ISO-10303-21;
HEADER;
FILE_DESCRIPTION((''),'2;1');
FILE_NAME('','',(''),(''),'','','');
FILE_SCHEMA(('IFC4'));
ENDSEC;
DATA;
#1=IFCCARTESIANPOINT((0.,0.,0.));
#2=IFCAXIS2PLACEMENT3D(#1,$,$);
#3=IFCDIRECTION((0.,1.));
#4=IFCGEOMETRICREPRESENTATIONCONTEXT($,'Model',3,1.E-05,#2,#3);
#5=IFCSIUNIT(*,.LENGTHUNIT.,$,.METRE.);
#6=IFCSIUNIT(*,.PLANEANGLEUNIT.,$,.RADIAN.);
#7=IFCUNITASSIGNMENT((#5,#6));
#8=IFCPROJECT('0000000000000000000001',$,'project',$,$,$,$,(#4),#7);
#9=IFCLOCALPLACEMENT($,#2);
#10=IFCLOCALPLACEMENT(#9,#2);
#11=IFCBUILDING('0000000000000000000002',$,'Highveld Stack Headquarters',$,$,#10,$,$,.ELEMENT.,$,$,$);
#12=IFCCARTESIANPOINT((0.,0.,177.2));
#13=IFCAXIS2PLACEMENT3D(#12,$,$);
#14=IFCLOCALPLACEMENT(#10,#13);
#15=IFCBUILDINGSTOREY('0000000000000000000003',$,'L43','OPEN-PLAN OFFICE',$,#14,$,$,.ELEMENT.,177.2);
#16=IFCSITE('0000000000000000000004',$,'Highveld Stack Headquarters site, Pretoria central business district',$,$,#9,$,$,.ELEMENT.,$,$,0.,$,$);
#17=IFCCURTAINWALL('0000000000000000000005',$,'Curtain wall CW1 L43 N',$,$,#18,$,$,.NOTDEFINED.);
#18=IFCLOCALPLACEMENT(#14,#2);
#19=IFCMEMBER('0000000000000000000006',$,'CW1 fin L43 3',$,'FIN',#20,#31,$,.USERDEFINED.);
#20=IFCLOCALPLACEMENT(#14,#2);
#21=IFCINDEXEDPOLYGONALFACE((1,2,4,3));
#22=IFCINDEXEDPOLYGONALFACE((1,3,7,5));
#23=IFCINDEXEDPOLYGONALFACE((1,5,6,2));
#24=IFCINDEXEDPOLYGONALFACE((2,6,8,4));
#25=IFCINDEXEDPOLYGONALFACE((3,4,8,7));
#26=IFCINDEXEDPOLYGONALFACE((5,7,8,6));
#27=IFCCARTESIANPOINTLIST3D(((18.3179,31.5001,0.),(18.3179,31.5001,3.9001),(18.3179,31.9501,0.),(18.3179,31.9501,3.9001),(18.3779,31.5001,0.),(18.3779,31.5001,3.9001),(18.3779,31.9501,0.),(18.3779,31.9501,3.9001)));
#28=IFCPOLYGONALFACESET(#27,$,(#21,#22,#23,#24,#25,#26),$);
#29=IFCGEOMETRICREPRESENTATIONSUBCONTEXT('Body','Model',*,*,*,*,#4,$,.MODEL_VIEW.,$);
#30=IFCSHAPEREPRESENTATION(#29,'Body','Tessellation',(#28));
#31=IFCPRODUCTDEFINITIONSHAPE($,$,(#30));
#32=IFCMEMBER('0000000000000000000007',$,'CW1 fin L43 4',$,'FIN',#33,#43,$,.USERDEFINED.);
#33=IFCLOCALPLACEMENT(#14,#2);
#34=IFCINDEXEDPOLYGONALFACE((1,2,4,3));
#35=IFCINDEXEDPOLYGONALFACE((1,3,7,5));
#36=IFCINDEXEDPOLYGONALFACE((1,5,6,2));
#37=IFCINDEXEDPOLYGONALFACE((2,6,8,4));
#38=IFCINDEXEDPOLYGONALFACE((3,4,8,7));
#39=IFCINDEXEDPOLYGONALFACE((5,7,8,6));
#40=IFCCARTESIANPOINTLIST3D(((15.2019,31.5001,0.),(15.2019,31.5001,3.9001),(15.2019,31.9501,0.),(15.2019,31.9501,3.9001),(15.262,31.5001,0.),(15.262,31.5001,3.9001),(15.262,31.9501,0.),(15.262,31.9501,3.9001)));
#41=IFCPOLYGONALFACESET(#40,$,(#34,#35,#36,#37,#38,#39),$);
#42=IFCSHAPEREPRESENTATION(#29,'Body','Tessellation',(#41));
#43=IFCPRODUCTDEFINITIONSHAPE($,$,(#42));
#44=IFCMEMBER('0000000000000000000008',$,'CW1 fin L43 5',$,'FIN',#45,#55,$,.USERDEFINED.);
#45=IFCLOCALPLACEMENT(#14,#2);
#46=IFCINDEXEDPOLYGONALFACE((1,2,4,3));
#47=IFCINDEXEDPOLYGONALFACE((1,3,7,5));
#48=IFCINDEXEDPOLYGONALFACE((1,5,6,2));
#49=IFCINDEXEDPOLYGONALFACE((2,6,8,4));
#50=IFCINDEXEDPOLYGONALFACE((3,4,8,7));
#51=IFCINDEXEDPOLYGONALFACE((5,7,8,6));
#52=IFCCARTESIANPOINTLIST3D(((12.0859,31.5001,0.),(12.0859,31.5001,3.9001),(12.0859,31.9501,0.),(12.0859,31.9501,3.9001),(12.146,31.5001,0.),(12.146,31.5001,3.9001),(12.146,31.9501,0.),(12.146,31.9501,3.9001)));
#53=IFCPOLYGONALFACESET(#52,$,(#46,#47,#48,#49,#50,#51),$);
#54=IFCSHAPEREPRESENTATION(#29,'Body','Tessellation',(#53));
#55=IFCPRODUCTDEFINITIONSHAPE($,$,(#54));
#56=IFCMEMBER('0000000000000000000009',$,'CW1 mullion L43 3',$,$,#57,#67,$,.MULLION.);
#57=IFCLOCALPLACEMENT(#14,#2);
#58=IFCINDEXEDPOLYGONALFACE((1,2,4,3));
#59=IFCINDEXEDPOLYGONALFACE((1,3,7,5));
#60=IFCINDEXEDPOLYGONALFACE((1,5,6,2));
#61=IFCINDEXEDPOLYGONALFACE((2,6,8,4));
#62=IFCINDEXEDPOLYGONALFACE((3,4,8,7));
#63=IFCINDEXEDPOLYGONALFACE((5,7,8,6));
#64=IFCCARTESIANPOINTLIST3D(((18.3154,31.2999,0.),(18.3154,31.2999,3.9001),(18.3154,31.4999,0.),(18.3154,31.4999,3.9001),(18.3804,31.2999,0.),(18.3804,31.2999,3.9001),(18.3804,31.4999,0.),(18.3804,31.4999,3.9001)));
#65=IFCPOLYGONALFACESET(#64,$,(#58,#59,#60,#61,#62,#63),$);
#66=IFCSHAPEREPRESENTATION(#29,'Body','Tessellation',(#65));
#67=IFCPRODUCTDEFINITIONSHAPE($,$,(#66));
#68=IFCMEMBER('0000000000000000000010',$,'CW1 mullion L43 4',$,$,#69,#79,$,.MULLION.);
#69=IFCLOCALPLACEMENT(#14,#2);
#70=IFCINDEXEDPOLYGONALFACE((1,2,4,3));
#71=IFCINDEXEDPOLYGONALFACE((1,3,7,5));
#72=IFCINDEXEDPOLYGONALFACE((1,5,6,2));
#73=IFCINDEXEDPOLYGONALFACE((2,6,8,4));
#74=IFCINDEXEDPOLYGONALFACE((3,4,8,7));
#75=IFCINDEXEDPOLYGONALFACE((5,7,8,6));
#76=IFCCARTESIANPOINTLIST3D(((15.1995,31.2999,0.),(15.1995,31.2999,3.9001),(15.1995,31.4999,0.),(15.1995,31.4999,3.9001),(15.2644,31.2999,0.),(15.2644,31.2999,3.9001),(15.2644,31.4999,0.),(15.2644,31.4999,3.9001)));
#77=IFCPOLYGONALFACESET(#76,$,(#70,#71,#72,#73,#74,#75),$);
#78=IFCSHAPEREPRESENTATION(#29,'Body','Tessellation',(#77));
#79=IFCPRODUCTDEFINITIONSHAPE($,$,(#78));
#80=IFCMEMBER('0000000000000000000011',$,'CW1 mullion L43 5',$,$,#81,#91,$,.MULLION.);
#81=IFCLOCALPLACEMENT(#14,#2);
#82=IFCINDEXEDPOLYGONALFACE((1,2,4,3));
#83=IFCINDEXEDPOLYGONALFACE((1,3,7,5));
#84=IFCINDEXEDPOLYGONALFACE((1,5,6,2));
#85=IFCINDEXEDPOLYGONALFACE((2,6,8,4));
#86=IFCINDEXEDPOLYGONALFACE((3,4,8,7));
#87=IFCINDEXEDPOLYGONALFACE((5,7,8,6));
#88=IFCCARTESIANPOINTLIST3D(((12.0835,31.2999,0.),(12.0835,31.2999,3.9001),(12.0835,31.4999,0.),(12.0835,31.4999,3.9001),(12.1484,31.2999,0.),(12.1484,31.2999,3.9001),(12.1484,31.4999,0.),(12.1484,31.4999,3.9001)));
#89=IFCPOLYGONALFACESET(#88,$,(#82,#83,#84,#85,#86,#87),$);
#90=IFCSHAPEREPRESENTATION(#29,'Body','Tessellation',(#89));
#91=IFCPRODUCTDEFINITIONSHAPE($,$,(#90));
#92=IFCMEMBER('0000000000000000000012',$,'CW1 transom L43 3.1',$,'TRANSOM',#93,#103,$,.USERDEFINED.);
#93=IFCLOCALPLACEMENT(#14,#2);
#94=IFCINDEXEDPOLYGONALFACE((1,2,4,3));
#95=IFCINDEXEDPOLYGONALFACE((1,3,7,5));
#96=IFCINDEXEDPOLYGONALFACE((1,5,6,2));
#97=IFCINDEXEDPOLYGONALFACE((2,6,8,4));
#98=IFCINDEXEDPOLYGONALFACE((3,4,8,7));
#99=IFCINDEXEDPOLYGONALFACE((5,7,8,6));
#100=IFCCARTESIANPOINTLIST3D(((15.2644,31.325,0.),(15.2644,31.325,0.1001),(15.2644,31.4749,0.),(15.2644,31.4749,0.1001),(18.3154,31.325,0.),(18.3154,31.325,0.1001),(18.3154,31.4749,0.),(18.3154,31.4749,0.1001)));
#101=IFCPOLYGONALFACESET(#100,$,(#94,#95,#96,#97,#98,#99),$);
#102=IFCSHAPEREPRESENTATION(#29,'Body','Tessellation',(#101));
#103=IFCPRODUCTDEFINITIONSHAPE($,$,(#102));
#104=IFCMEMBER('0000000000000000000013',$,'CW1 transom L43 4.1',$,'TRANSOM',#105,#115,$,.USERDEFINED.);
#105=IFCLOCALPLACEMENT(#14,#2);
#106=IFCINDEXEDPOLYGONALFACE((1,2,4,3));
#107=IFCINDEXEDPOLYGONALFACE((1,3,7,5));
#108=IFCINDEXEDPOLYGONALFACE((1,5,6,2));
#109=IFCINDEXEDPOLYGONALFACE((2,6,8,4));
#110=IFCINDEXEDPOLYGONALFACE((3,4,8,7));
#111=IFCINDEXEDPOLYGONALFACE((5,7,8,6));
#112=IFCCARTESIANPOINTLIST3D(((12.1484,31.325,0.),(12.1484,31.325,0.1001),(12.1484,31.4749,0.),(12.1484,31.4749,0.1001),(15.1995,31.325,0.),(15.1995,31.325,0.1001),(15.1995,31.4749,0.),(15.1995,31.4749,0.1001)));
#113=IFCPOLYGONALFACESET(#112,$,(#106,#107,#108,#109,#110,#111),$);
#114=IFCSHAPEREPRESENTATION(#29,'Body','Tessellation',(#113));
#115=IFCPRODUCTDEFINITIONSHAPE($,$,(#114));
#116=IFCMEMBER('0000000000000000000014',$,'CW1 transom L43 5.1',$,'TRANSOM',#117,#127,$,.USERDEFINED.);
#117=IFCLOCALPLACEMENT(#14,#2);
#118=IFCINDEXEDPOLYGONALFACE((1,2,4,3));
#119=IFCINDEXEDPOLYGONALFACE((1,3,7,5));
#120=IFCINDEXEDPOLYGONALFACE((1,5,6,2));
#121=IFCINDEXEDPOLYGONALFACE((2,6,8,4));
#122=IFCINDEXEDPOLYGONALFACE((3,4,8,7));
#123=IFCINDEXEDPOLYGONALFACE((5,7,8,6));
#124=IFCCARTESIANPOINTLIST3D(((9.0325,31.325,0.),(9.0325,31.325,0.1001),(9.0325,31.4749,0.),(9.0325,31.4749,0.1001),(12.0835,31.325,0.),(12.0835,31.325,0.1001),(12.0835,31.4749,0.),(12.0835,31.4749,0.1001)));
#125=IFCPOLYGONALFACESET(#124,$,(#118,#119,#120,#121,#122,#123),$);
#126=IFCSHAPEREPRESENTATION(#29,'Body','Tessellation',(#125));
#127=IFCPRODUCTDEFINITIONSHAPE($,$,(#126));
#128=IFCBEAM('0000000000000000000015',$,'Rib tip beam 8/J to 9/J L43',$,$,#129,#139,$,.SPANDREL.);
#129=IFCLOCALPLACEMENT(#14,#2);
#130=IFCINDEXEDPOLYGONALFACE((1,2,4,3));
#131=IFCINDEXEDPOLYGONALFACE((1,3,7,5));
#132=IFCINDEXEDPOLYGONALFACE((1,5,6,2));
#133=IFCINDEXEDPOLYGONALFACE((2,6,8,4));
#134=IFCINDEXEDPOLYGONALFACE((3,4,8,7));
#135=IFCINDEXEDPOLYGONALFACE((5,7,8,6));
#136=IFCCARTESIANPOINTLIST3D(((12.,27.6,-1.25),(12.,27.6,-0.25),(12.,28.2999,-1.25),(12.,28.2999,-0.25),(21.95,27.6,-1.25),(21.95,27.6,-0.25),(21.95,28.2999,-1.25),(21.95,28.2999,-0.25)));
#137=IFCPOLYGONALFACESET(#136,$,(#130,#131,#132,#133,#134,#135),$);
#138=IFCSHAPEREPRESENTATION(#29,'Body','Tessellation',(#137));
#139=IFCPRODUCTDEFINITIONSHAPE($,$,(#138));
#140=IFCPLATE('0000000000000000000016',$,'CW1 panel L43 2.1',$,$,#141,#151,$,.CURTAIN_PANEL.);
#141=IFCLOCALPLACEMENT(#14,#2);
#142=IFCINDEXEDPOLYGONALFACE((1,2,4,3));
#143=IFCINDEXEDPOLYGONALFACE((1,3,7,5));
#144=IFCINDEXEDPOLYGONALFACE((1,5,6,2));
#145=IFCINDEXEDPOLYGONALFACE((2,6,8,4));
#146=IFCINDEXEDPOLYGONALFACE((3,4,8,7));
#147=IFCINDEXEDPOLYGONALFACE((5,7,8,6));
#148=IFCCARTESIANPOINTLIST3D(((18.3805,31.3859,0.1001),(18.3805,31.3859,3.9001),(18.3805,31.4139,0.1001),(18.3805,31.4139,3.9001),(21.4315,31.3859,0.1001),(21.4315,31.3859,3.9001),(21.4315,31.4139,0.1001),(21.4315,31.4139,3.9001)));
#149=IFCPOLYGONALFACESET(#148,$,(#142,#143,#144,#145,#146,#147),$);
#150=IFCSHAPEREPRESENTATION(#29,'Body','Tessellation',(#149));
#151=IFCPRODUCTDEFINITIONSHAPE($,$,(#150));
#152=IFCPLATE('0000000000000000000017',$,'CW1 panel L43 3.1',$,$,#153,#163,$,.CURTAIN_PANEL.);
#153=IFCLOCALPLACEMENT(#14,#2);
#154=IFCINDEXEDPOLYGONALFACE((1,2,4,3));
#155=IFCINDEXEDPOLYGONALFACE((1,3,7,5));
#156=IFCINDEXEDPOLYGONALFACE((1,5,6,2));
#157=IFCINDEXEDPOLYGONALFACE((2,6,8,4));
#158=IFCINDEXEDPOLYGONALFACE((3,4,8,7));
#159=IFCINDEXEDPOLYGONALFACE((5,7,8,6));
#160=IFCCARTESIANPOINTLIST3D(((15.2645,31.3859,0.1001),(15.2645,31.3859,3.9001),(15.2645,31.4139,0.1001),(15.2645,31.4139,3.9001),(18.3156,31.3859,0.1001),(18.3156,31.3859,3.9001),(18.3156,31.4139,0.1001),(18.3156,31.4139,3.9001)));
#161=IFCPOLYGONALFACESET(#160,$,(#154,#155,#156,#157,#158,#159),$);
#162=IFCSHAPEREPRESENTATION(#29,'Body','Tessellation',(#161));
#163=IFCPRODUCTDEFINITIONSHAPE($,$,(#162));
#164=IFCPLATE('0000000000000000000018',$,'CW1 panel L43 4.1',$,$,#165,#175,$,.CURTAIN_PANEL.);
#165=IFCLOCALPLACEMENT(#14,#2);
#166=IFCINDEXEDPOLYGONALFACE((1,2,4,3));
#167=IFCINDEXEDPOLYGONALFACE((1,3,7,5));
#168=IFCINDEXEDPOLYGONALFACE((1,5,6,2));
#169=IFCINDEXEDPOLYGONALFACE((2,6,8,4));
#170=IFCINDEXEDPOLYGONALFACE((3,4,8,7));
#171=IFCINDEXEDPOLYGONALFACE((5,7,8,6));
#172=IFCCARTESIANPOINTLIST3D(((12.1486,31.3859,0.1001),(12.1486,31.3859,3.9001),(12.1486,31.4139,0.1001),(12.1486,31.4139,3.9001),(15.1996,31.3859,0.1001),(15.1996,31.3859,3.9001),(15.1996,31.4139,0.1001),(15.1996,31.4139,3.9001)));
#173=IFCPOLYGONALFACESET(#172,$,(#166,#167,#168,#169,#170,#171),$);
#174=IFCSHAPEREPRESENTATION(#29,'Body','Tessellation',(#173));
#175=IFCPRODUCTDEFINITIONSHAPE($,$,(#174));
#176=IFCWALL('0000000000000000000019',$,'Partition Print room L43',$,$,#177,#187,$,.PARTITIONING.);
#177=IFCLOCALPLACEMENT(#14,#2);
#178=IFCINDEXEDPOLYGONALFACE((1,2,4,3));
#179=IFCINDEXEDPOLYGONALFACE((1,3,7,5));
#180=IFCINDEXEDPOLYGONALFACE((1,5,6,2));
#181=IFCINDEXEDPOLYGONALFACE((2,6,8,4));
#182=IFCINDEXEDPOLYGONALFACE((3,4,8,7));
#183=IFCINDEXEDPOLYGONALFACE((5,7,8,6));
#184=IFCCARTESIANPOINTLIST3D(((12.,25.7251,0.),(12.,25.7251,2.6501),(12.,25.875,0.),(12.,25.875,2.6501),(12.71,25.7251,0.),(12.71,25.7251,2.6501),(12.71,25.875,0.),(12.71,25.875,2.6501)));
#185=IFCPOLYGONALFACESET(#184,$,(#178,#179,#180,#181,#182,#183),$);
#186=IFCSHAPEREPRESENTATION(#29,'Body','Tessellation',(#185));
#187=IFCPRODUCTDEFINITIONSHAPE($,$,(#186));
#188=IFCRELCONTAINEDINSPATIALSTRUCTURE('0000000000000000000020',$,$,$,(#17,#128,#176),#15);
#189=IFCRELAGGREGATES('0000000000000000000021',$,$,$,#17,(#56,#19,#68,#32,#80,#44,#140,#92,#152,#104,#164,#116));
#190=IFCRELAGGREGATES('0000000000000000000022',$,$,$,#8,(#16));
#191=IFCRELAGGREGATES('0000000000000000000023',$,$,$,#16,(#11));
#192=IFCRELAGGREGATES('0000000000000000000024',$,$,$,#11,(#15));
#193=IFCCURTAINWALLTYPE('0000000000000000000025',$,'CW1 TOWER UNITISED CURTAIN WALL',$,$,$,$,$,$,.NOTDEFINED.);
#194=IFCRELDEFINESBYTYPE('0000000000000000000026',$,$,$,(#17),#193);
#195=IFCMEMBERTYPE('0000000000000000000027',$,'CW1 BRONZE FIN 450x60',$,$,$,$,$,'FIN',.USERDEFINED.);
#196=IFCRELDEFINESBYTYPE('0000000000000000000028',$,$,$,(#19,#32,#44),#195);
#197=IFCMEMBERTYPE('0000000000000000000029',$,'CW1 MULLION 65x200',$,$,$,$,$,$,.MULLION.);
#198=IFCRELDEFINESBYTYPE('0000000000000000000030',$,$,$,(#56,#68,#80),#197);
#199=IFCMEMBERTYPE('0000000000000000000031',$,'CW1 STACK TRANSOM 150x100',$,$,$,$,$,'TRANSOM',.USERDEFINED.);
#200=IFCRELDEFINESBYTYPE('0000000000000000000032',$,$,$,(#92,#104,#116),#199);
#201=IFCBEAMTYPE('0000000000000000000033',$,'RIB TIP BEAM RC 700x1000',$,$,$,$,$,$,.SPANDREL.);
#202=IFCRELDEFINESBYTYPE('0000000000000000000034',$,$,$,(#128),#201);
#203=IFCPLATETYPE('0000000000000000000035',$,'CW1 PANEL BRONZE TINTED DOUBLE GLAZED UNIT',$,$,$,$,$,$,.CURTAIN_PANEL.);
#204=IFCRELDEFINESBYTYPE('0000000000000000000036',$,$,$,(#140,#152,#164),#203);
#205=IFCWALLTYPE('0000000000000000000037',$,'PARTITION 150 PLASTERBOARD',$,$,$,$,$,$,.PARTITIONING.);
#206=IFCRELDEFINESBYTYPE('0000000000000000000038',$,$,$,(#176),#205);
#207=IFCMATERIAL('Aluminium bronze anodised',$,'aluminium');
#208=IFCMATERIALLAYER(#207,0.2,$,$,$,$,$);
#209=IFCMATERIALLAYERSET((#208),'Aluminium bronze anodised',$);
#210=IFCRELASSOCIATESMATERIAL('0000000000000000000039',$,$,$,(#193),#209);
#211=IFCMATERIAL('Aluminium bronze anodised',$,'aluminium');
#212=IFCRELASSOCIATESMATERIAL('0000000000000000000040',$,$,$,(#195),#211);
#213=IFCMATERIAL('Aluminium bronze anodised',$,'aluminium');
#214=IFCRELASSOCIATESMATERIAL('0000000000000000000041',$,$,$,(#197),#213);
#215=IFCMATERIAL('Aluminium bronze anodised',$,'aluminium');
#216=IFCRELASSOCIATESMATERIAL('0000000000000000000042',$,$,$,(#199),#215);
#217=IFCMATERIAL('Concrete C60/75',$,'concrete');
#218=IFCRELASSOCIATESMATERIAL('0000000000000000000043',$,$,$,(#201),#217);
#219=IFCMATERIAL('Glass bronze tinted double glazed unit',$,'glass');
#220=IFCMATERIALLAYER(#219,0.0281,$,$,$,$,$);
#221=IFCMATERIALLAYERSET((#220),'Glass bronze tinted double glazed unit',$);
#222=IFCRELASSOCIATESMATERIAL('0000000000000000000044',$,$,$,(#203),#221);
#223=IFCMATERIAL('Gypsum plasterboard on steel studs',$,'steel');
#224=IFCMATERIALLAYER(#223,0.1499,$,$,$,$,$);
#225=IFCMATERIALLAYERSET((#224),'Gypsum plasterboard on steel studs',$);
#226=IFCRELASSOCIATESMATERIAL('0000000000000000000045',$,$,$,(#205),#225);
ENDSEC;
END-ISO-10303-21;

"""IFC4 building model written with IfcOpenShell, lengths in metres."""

from ifc_helpers import new_model, si_unit, direction, frame, frame_2d, origin, origin_2d, place, context, subcontext, project, spatial, rectangle, extrude, material, layer, layer_set, material_profile, profile_set, type_object, element, aggregate, save


model = new_model("IFC4")

# Units and contexts
model_context = context("Model", 3, precision=1e-05, world=origin(), true_north=direction((0.0, 1.0)))
body_context = subcontext(model_context, "Body", "Model", "MODEL_VIEW")
ifc_project = project(units=[si_unit("LENGTHUNIT", "METRE"), si_unit("PLANEANGLEUNIT", "RADIAN")], contexts=[model_context])

# Site, building, storey
site_placement = place(None, origin())
site = spatial("IfcSite", under=ifc_project, at=site_placement, Name="Highveld Stack Headquarters site, Pretoria central business district", CompositionType="ELEMENT", RefElevation=0.0)
building_placement = place(site_placement, origin())
building = spatial("IfcBuilding", under=site, at=building_placement, Name="Highveld Stack Headquarters", CompositionType="ELEMENT")
storey_placement = place(building_placement, frame((0.0, 0.0, 177.2)))
storey = spatial("IfcBuildingStorey", under=building, at=storey_placement, Name="L43", Description="OPEN-PLAN OFFICE", CompositionType="ELEMENT", Elevation=177.2)

# Curtain wall, members
ifc_material_1 = material(Name="Aluminium bronze anodised", Category="aluminium")
ifc_layer_1 = layer(ifc_material_1, 0.2)
ifc_layer_set_1 = layer_set([ifc_layer_1], Name="Aluminium bronze anodised")
curtain_wall_type = type_object("IfcCurtainWallType", Name="CW1 TOWER UNITISED CURTAIN WALL", PredefinedType="NOTDEFINED", material=ifc_layer_set_1)
curtain_wall_placement = place(storey_placement, origin())
curtain_wall = element("IfcCurtainWall", 1, at=curtain_wall_placement, inside=storey, type_object=curtain_wall_type, Name="Curtain wall CW1 L43 N", PredefinedType="NOTDEFINED")
ifc_material_2 = material(Name="Aluminium bronze anodised", Category="aluminium")
ifc_material_profile_1 = material_profile(ifc_material_2, rectangle(XDim=0.45, YDim=0.0601, at=origin_2d()), Name="FIN 450x60")
ifc_profile_set_1 = profile_set([ifc_material_profile_1], Name="Aluminium bronze anodised")
member_type_1 = type_object("IfcMemberType", Name="CW1 BRONZE FIN 450x60", ElementType="FIN", PredefinedType="USERDEFINED", material=ifc_profile_set_1)
member_1_placement = place(storey_placement, frame((18.3479, 31.7251, 0.0), z_axis=(0.0, 0.0, 1.0), x_axis=(0.0, -1.0, 0.0)))
member_1 = element("IfcMember", 2, at=member_1_placement, type_object=member_type_1, Name="CW1 fin L43 3", ObjectType="FIN", PredefinedType="USERDEFINED", context=body_context, shape_type="SweptSolid", body=[
    extrude(rectangle(XDim=0.45, YDim=0.0601, at=origin_2d()), origin(), (0.0, 0.0, 1.0), 3.9001),
])
member_2_placement = place(storey_placement, frame((15.2319, 31.7251, 0.0), z_axis=(0.0, 0.0, 1.0), x_axis=(0.0, -1.0, 0.0)))
member_2 = element("IfcMember", 3, at=member_2_placement, type_object=member_type_1, Name="CW1 fin L43 4", ObjectType="FIN", PredefinedType="USERDEFINED", context=body_context, shape_type="SweptSolid", body=[
    extrude(rectangle(XDim=0.45, YDim=0.0601, at=origin_2d()), origin(), (0.0, 0.0, 1.0), 3.9001),
])
member_3_placement = place(storey_placement, frame((12.116, 31.7251, 0.0), z_axis=(0.0, 0.0, 1.0), x_axis=(0.0, -1.0, 0.0)))
member_3 = element("IfcMember", 4, at=member_3_placement, type_object=member_type_1, Name="CW1 fin L43 5", ObjectType="FIN", PredefinedType="USERDEFINED", context=body_context, shape_type="SweptSolid", body=[
    extrude(rectangle(XDim=0.45, YDim=0.0601, at=origin_2d()), origin(), (0.0, 0.0, 1.0), 3.9001),
])
ifc_material_3 = material(Name="Aluminium bronze anodised", Category="aluminium")
ifc_material_profile_2 = material_profile(ifc_material_3, rectangle(XDim=0.2, YDim=0.0649, at=origin_2d()), Name="CW1 MULLION 65x200")
ifc_profile_set_2 = profile_set([ifc_material_profile_2], Name="Aluminium bronze anodised")
member_type_2 = type_object("IfcMemberType", Name="CW1 MULLION 65x200", PredefinedType="MULLION", material=ifc_profile_set_2)
member_4_placement = place(storey_placement, frame((18.3479, 31.3999, 0.0), z_axis=(0.0, 0.0, 1.0), x_axis=(0.0, -1.0, 0.0)))
member_4 = element("IfcMember", 5, at=member_4_placement, type_object=member_type_2, Name="CW1 mullion L43 3", PredefinedType="MULLION", context=body_context, shape_type="SweptSolid", body=[
    extrude(rectangle(XDim=0.2, YDim=0.0649, at=origin_2d()), origin(), (0.0, 0.0, 1.0), 3.9001),
])
member_5_placement = place(storey_placement, frame((15.2319, 31.3999, 0.0), z_axis=(0.0, 0.0, 1.0), x_axis=(0.0, -1.0, 0.0)))
member_5 = element("IfcMember", 6, at=member_5_placement, type_object=member_type_2, Name="CW1 mullion L43 4", PredefinedType="MULLION", context=body_context, shape_type="SweptSolid", body=[
    extrude(rectangle(XDim=0.2, YDim=0.0649, at=origin_2d()), origin(), (0.0, 0.0, 1.0), 3.9001),
])
member_6_placement = place(storey_placement, frame((12.116, 31.3999, 0.0), z_axis=(0.0, 0.0, 1.0), x_axis=(0.0, -1.0, 0.0)))
member_6 = element("IfcMember", 7, at=member_6_placement, type_object=member_type_2, Name="CW1 mullion L43 5", PredefinedType="MULLION", context=body_context, shape_type="SweptSolid", body=[
    extrude(rectangle(XDim=0.2, YDim=0.0649, at=origin_2d()), origin(), (0.0, 0.0, 1.0), 3.9001),
])
ifc_material_4 = material(Name="Aluminium bronze anodised", Category="aluminium")
ifc_material_profile_3 = material_profile(ifc_material_4, rectangle(XDim=0.1499, YDim=0.1001, at=origin_2d()), Name="CW1 TRANSOM 150x100")
ifc_profile_set_3 = profile_set([ifc_material_profile_3], Name="Aluminium bronze anodised")
member_type_3 = type_object("IfcMemberType", Name="CW1 STACK TRANSOM 150x100", ElementType="TRANSOM", PredefinedType="USERDEFINED", material=ifc_profile_set_3)
member_7_placement = place(storey_placement, frame((18.3154, 31.3999, 0.05), z_axis=(-1.0, 0.0, 0.0), x_axis=(0.0, -1.0, 0.0)))
member_7 = element("IfcMember", 8, at=member_7_placement, type_object=member_type_3, Name="CW1 transom L43 3.1", ObjectType="TRANSOM", PredefinedType="USERDEFINED", context=body_context, shape_type="SweptSolid", body=[
    extrude(rectangle(XDim=0.1499, YDim=0.1001, at=origin_2d()), origin(), (0.0, 0.0, 1.0), 3.051),
])
member_8_placement = place(storey_placement, frame((15.1995, 31.3999, 0.05), z_axis=(-1.0, 0.0, 0.0), x_axis=(0.0, -1.0, 0.0)))
member_8 = element("IfcMember", 9, at=member_8_placement, type_object=member_type_3, Name="CW1 transom L43 4.1", ObjectType="TRANSOM", PredefinedType="USERDEFINED", context=body_context, shape_type="SweptSolid", body=[
    extrude(rectangle(XDim=0.1499, YDim=0.1001, at=origin_2d()), origin(), (0.0, 0.0, 1.0), 3.051),
])
member_9_placement = place(storey_placement, frame((12.0835, 31.3999, 0.05), z_axis=(-1.0, 0.0, 0.0), x_axis=(0.0, -1.0, 0.0)))
member_9 = element("IfcMember", 10, at=member_9_placement, type_object=member_type_3, Name="CW1 transom L43 5.1", ObjectType="TRANSOM", PredefinedType="USERDEFINED", context=body_context, shape_type="SweptSolid", body=[
    extrude(rectangle(XDim=0.1499, YDim=0.1001, at=origin_2d()), origin(), (0.0, 0.0, 1.0), 3.051),
])

# Beam
ifc_material_5 = material(Name="Concrete C60/75", Category="concrete")
ifc_material_profile_4 = material_profile(ifc_material_5, rectangle(XDim=0.7, YDim=1.0, at=origin_2d()), Name="RC 700x1000")
ifc_profile_set_4 = profile_set([ifc_material_profile_4], Name="Concrete C60/75")
beam_type = type_object("IfcBeamType", Name="RIB TIP BEAM RC 700x1000", PredefinedType="SPANDREL", material=ifc_profile_set_4)
beam_placement = place(storey_placement, frame((12.0, 27.95, -0.75), z_axis=(1.0, 0.0, 0.0), x_axis=(0.0, 1.0, 0.0)))
element("IfcBeam", 11, at=beam_placement, inside=storey, type_object=beam_type, Name="Rib tip beam 8/J to 9/J L43", PredefinedType="SPANDREL", context=body_context, shape_type="SweptSolid", body=[
    extrude(rectangle(XDim=0.7, YDim=1.0, at=origin_2d()), origin(), (0.0, 0.0, 1.0), 9.95),
])

# Plates
ifc_material_6 = material(Name="Glass bronze tinted double glazed unit", Category="glass")
ifc_layer_2 = layer(ifc_material_6, 0.0281)
ifc_layer_set_2 = layer_set([ifc_layer_2], Name="Glass bronze tinted double glazed unit")
plate_type = type_object("IfcPlateType", Name="CW1 PANEL BRONZE TINTED DOUBLE GLAZED UNIT", PredefinedType="CURTAIN_PANEL", material=ifc_layer_set_2)
plate_1_placement = place(storey_placement, frame((19.906, 31.3999, 0.1001), z_axis=(0.0, 0.0, 1.0), x_axis=(-1.0, 0.0, 0.0)))
plate_1 = element("IfcPlate", 12, at=plate_1_placement, type_object=plate_type, Name="CW1 panel L43 2.1", PredefinedType="CURTAIN_PANEL", context=body_context, shape_type="SweptSolid", body=[
    extrude(rectangle(XDim=3.051, YDim=0.0281, at=origin_2d()), origin(), (0.0, 0.0, 1.0), 3.8),
])
plate_2_placement = place(storey_placement, frame((16.79, 31.3999, 0.1001), z_axis=(0.0, 0.0, 1.0), x_axis=(-1.0, 0.0, 0.0)))
plate_2 = element("IfcPlate", 13, at=plate_2_placement, type_object=plate_type, Name="CW1 panel L43 3.1", PredefinedType="CURTAIN_PANEL", context=body_context, shape_type="SweptSolid", body=[
    extrude(rectangle(XDim=3.051, YDim=0.0281, at=origin_2d()), origin(), (0.0, 0.0, 1.0), 3.8),
])
plate_3_placement = place(storey_placement, frame((13.6741, 31.3999, 0.1001), z_axis=(0.0, 0.0, 1.0), x_axis=(-1.0, 0.0, 0.0)))
plate_3 = element("IfcPlate", 14, at=plate_3_placement, type_object=plate_type, Name="CW1 panel L43 4.1", PredefinedType="CURTAIN_PANEL", context=body_context, shape_type="SweptSolid", body=[
    extrude(rectangle(XDim=3.051, YDim=0.0281, at=origin_2d()), origin(), (0.0, 0.0, 1.0), 3.8),
])
aggregate(curtain_wall, [member_4, member_1, member_5, member_2, member_6, member_3, plate_1, member_7, plate_2, member_8, plate_3, member_9])

# Wall
ifc_material_7 = material(Name="Gypsum plasterboard on steel studs", Category="steel")
ifc_layer_3 = layer(ifc_material_7, 0.1499)
ifc_layer_set_3 = layer_set([ifc_layer_3], Name="Gypsum plasterboard on steel studs")
wall_type = type_object("IfcWallType", Name="PARTITION 150 PLASTERBOARD", PredefinedType="PARTITIONING", material=ifc_layer_set_3)
wall_1_placement = place(storey_placement, frame((12.0, 25.8, 0.0), z_axis=(0.0, 0.0, 1.0), x_axis=(1.0, 0.0, 0.0)))
element("IfcWall", 15, at=wall_1_placement, inside=storey, type_object=wall_type, Name="Partition Print room L43", PredefinedType="PARTITIONING", context=body_context, shape_type="SweptSolid", body=[
    extrude(rectangle(XDim=0.71, YDim=0.1499, at=frame_2d((0.355, 0.0))), origin(), (0.0, 0.0, 1.0), 2.6501),
])

save(model, "model.ifc")
